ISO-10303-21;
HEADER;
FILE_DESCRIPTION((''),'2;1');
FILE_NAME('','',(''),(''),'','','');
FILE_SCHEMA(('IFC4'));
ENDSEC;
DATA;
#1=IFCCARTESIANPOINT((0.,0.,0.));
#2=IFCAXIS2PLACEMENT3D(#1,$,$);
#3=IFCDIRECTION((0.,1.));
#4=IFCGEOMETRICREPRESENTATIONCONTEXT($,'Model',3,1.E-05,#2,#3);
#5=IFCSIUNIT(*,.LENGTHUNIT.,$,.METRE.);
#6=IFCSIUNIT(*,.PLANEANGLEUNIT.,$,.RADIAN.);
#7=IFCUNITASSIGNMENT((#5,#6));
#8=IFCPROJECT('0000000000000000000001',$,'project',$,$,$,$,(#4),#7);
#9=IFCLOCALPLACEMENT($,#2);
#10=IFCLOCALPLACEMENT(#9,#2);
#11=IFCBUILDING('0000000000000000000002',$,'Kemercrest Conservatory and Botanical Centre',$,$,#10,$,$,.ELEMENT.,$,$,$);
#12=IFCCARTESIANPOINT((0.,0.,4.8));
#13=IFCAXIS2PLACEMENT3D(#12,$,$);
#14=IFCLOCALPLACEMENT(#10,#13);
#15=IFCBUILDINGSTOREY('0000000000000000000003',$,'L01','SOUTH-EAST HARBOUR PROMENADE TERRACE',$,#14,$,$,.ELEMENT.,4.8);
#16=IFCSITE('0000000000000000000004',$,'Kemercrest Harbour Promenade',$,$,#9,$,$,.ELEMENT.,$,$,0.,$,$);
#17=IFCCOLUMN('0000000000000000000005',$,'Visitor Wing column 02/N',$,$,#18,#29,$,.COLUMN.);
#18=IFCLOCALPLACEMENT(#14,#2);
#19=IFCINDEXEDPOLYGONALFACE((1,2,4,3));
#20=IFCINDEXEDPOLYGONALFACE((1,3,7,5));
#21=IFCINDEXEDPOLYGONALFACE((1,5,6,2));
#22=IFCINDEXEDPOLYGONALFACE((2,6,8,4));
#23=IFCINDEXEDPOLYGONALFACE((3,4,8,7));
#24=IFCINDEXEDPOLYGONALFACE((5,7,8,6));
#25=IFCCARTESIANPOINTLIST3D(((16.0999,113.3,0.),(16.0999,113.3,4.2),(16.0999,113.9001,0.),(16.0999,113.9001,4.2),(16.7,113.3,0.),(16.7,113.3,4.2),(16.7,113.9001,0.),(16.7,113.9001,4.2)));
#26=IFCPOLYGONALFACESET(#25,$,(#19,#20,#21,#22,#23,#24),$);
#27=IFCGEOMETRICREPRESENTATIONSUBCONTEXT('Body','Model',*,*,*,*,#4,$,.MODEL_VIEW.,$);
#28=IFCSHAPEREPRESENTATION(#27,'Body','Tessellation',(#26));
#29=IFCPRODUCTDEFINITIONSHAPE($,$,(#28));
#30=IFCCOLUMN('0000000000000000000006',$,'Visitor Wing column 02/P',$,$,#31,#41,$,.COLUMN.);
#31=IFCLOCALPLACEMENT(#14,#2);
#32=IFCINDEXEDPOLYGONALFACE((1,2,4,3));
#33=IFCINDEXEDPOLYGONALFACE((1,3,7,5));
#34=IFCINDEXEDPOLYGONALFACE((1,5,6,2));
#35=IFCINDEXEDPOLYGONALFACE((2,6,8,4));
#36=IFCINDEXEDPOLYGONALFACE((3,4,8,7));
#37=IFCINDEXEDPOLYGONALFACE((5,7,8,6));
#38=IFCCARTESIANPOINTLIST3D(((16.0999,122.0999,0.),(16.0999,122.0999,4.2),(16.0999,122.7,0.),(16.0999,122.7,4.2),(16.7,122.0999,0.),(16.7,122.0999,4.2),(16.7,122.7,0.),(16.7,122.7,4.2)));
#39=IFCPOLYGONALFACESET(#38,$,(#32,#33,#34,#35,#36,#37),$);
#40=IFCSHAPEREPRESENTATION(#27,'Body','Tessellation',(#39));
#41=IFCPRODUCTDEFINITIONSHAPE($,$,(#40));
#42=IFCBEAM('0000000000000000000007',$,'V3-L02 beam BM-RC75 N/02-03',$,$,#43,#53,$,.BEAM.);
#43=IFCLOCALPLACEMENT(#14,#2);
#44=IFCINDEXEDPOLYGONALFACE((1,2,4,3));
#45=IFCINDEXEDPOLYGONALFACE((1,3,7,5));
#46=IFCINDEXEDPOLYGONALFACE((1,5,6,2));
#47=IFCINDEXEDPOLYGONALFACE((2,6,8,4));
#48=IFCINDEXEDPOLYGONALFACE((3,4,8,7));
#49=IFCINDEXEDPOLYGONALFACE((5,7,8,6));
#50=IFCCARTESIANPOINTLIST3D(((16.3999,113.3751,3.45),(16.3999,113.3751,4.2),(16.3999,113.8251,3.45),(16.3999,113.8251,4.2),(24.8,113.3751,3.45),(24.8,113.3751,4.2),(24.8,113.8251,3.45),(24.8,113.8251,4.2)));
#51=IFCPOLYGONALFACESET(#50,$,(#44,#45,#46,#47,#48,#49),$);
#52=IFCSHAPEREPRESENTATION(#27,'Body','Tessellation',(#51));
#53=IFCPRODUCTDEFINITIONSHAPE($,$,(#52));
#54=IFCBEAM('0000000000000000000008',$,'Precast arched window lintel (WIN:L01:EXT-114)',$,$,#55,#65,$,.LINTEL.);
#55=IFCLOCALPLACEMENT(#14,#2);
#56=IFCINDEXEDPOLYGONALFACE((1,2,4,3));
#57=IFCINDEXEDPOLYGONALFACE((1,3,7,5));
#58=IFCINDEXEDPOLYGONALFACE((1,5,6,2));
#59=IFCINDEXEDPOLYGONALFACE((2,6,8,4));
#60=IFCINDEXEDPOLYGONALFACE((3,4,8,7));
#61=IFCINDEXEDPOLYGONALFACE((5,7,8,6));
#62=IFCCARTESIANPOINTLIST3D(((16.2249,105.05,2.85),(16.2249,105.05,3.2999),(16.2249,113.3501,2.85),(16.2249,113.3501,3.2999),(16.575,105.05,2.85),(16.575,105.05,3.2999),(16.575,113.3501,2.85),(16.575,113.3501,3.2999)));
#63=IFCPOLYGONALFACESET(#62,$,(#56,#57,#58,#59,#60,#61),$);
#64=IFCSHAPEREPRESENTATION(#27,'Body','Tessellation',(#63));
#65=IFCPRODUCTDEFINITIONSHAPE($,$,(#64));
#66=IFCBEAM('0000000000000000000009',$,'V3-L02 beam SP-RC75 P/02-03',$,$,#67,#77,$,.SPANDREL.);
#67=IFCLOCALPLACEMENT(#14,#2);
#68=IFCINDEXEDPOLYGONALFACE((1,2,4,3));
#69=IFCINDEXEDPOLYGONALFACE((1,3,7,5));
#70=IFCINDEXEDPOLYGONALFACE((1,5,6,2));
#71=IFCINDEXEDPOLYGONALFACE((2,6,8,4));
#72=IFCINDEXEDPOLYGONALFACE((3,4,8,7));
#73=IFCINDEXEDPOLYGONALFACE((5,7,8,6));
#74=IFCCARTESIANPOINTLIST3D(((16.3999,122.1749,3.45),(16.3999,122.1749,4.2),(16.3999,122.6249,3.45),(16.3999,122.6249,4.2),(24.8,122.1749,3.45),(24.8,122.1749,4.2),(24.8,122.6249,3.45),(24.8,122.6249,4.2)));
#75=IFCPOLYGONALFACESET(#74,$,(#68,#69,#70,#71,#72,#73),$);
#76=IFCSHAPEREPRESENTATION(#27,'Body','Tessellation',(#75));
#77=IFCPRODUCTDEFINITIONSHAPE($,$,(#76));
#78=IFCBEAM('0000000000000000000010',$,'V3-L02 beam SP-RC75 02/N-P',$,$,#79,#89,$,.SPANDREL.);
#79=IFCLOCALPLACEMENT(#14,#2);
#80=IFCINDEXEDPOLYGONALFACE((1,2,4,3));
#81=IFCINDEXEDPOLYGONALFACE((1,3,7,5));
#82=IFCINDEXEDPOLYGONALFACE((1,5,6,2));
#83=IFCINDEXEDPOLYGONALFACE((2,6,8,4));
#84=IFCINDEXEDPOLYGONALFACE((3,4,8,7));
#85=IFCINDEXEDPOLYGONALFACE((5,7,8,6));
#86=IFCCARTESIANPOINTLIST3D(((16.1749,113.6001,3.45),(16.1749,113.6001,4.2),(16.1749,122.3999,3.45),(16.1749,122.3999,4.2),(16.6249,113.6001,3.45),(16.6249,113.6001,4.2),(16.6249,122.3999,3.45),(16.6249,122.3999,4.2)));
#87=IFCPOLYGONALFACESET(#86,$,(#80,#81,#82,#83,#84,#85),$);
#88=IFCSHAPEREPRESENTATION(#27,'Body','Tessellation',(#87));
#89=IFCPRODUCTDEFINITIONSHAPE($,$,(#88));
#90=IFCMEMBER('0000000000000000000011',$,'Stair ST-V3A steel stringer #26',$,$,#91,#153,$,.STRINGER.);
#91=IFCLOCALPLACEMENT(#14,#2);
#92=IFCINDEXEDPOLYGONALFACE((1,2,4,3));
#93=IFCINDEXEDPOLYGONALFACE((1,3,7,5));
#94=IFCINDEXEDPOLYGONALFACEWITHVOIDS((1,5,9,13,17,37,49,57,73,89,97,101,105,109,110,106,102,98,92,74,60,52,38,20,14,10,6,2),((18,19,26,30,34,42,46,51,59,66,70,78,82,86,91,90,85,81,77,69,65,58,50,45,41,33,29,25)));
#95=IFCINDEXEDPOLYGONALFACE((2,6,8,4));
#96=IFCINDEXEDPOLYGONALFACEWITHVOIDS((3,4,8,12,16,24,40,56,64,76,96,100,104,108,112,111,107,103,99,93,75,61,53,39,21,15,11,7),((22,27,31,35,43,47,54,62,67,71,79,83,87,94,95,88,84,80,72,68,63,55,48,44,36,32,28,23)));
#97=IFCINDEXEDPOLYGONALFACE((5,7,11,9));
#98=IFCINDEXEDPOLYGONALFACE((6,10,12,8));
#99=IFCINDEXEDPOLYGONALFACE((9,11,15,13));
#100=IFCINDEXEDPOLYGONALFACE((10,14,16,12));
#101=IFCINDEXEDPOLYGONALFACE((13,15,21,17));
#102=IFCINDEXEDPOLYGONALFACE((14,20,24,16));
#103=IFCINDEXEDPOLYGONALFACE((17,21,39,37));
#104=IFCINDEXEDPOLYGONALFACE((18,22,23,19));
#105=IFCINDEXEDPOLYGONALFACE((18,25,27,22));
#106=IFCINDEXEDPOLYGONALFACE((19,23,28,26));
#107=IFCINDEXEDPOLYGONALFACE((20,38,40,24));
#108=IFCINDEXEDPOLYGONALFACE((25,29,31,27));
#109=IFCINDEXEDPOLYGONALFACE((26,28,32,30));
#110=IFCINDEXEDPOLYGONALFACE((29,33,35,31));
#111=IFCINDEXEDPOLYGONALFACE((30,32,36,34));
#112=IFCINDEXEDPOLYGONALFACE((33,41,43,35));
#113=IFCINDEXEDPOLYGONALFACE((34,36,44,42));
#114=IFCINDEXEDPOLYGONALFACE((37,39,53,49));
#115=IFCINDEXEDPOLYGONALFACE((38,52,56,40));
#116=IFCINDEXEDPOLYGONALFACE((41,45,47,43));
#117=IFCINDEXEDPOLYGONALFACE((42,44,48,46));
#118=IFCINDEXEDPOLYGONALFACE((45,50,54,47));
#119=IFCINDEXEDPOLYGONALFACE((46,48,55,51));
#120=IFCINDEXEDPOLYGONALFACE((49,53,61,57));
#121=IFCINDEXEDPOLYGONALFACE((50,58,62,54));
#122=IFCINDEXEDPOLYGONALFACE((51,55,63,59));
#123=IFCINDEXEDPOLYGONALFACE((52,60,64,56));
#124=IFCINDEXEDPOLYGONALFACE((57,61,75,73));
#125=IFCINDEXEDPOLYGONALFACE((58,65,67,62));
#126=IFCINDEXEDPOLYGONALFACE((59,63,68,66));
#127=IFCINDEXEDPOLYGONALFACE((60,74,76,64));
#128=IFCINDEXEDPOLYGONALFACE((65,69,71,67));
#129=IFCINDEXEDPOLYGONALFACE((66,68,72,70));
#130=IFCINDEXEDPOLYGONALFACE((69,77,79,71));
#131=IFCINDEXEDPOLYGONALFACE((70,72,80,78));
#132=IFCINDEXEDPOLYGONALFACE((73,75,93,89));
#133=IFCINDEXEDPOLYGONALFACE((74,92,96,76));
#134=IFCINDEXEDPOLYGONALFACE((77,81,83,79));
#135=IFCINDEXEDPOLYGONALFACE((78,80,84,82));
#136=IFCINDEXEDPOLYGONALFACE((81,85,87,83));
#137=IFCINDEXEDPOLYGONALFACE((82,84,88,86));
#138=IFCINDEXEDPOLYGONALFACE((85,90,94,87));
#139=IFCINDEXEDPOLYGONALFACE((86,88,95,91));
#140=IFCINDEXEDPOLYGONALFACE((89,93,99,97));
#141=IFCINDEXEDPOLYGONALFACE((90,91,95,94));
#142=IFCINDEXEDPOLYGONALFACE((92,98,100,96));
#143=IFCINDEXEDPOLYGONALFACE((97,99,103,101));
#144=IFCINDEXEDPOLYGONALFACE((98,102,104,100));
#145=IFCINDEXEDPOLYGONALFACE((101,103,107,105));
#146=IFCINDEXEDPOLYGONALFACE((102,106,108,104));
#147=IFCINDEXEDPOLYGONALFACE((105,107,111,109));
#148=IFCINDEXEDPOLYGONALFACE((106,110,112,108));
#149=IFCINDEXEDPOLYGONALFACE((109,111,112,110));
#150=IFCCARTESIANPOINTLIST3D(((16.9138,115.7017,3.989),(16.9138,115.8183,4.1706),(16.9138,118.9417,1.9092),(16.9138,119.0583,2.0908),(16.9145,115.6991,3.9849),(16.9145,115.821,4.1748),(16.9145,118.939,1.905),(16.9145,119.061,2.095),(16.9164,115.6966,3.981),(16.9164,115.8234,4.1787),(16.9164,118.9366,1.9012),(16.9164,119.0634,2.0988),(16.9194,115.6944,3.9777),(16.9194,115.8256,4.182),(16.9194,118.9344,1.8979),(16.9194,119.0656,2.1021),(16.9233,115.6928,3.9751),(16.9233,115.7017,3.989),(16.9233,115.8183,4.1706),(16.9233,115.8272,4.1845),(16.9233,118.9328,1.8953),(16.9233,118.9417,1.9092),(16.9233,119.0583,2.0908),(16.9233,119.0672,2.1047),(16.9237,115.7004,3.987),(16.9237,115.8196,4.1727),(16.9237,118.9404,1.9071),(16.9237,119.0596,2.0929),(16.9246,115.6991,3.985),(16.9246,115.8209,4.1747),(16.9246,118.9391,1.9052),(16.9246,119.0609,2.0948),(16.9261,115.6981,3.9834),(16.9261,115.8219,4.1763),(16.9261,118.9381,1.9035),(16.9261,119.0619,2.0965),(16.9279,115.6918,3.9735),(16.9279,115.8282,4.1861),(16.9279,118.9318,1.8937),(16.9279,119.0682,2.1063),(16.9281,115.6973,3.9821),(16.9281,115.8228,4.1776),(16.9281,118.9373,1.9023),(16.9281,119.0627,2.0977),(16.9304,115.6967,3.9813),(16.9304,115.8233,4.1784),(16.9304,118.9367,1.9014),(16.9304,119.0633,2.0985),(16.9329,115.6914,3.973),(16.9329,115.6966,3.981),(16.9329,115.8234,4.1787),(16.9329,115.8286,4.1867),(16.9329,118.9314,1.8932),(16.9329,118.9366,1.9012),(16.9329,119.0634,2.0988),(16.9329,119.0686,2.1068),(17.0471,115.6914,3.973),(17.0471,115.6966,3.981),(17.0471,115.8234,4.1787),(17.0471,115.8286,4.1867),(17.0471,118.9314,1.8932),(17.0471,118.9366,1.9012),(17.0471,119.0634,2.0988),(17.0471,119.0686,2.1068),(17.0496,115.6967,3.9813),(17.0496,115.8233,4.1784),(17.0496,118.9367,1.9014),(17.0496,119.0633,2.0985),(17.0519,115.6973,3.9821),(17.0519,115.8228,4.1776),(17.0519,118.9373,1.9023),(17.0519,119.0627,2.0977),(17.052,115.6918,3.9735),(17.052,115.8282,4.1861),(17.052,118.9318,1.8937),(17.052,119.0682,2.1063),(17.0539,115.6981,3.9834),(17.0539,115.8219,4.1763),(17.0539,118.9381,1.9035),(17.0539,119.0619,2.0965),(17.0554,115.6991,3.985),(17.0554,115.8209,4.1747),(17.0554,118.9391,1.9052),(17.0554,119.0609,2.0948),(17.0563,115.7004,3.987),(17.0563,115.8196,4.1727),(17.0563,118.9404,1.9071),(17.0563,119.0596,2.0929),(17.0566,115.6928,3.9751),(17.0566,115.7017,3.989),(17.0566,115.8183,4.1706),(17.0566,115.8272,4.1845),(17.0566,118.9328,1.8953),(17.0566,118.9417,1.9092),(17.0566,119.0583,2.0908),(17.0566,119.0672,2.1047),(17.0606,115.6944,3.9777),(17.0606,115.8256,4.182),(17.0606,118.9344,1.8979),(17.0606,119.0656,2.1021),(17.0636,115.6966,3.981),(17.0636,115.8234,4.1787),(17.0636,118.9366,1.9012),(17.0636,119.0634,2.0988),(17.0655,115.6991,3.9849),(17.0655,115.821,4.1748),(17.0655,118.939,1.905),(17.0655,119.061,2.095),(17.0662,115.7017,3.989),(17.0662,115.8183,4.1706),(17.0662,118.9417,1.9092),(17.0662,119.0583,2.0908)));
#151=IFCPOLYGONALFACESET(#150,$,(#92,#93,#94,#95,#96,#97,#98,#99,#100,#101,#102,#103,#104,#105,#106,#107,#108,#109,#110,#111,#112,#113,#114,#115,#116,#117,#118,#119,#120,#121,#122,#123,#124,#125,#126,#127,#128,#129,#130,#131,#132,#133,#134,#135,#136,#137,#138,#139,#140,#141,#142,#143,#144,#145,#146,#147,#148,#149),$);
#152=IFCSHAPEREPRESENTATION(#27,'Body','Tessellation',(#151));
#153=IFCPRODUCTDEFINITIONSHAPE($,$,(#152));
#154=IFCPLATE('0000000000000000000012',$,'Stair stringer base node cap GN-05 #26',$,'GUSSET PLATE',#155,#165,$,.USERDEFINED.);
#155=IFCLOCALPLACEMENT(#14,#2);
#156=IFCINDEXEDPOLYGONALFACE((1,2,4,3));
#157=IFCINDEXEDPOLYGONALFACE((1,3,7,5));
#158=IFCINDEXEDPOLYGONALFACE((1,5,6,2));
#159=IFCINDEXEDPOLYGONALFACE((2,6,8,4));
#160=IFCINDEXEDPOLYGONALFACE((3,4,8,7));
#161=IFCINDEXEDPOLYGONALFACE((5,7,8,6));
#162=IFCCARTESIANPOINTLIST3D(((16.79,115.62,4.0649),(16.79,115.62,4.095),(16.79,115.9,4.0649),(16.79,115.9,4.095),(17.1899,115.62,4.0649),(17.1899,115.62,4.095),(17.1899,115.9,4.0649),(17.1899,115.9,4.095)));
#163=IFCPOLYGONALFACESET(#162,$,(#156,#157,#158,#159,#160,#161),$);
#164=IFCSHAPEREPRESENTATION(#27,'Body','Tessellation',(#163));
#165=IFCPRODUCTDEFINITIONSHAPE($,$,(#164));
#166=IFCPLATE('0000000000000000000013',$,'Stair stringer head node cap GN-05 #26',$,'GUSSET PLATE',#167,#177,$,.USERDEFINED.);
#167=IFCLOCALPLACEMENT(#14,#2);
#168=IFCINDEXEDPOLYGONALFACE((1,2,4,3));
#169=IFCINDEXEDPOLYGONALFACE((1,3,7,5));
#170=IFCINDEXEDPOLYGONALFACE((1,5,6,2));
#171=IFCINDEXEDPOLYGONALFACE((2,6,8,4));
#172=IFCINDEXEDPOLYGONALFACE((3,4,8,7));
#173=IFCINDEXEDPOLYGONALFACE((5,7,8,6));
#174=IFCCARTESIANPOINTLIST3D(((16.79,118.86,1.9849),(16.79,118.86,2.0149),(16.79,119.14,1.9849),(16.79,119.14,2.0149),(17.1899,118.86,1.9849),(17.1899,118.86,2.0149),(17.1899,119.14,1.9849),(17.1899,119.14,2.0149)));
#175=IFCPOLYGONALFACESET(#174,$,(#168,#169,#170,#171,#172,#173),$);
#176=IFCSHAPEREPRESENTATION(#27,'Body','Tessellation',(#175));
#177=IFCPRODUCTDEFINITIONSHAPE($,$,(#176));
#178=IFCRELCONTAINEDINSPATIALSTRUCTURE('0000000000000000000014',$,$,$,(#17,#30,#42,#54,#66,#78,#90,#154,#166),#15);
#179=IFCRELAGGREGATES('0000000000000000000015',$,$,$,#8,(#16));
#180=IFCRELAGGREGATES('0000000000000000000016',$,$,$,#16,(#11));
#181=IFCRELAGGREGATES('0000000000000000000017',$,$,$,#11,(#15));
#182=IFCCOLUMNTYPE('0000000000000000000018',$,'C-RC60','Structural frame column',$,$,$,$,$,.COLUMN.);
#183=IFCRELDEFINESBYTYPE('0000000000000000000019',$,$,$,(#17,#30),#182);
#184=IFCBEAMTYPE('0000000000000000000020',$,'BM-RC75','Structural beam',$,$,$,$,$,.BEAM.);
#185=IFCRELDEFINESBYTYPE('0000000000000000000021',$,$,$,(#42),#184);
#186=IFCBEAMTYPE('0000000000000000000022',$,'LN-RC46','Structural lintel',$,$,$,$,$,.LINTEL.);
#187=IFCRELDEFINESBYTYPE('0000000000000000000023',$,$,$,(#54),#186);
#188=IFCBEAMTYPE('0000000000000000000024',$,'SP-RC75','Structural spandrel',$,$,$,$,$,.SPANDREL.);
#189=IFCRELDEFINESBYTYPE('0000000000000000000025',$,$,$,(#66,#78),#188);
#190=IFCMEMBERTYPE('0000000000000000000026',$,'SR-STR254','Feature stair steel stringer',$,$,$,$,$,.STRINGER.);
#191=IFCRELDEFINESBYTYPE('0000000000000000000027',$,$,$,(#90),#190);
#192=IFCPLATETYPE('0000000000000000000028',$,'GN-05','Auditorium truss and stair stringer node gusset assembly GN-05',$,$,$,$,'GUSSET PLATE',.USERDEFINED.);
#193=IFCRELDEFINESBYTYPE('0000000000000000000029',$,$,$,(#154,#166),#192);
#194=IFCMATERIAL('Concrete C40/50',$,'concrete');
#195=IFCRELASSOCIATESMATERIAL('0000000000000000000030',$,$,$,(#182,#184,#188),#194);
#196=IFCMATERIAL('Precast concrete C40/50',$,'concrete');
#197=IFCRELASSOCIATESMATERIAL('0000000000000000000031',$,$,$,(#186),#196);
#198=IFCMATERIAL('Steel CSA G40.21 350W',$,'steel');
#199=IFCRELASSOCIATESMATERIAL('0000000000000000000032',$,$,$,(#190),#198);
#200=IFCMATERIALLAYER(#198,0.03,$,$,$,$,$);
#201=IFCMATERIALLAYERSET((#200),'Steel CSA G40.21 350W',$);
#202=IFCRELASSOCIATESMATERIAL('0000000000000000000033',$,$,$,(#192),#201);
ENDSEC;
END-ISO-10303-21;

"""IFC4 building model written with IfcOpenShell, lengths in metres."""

from ifc_helpers import new_model, si_unit, direction, frame, origin, origin_2d, place, context, subcontext, project, spatial, rectangle, hollow_rectangle, extrude, material, layer, layer_set, material_profile, profile_set, type_object, element, save


model = new_model("IFC4")

# Units and contexts
model_context = context("Model", 3, precision=1e-05, world=origin(), true_north=direction((0.0, 1.0)))
body_context = subcontext(model_context, "Body", "Model", "MODEL_VIEW")
ifc_project = project(units=[si_unit("LENGTHUNIT", "METRE"), si_unit("PLANEANGLEUNIT", "RADIAN")], contexts=[model_context])

# Site, building, storey
site_placement = place(None, origin())
site = spatial("IfcSite", under=ifc_project, at=site_placement, Name="Kemercrest Harbour Promenade", CompositionType="ELEMENT", RefElevation=0.0)
building_placement = place(site_placement, origin())
building = spatial("IfcBuilding", under=site, at=building_placement, Name="Kemercrest Conservatory and Botanical Centre", CompositionType="ELEMENT")
storey_placement = place(building_placement, frame((0.0, 0.0, 4.8)))
storey = spatial("IfcBuildingStorey", under=building, at=storey_placement, Name="L01", Description="SOUTH-EAST HARBOUR PROMENADE TERRACE", CompositionType="ELEMENT", Elevation=4.8)

# Columns
ifc_material_1 = material(Name="Concrete C40/50", Category="concrete")
ifc_material_profile_1 = material_profile(ifc_material_1, rectangle(XDim=0.6001, YDim=0.6001, at=origin_2d()), Name="RC 600x600")
ifc_profile_set_1 = profile_set([ifc_material_profile_1], Name="Concrete C40/50")
column_type = type_object("IfcColumnType", Name="C-RC60", Description="Structural frame column", PredefinedType="COLUMN", material=ifc_profile_set_1)
for number, where, z_axis, x_axis, name in (
    (1, (16.3999, 113.6001, 0.0), (0.0, 0.0, 1.0), (1.0, 0.0, 0.0), "Visitor Wing column 02/N"),
    (2, (16.3999, 122.3999, 0.0), (0.0, 0.0, 1.0), (1.0, 0.0, 0.0), "Visitor Wing column 02/P"),
):
    element("IfcColumn", number, at=place(storey_placement, frame(where, z_axis=z_axis, x_axis=x_axis)), inside=storey, type_object=column_type, Name=name, PredefinedType="COLUMN", context=body_context, shape_type="SweptSolid", body=[
        extrude(rectangle(XDim=0.6001, YDim=0.6001, at=origin_2d()), origin(), (0.0, 0.0, 1.0), 4.2),
    ])

# Beams
ifc_material_profile_2 = material_profile(ifc_material_1, rectangle(XDim=0.45, YDim=0.75, at=origin_2d()), Name="RC 450x750")
ifc_profile_set_2 = profile_set([ifc_material_profile_2], Name="Concrete C40/50")
beam_type_1 = type_object("IfcBeamType", Name="BM-RC75", Description="Structural beam", PredefinedType="BEAM", material=ifc_profile_set_2)
beam_1_placement = place(storey_placement, frame((16.3999, 113.6001, 3.825), z_axis=(1.0, 0.0, 0.0), x_axis=(0.0, 1.0, 0.0)))
element("IfcBeam", 3, at=beam_1_placement, inside=storey, type_object=beam_type_1, Name="V3-L02 beam BM-RC75 N/02-03", PredefinedType="BEAM", context=body_context, shape_type="SweptSolid", body=[
    extrude(rectangle(XDim=0.45, YDim=0.75, at=origin_2d()), origin(), (0.0, 0.0, 1.0), 8.4001),
])
ifc_material_2 = material(Name="Precast concrete C40/50", Category="concrete")
ifc_material_profile_3 = material_profile(ifc_material_2, rectangle(XDim=0.3501, YDim=0.45, at=origin_2d()), Name="RC 350x450")
ifc_profile_set_3 = profile_set([ifc_material_profile_3], Name="Precast concrete C40/50")
beam_type_2 = type_object("IfcBeamType", Name="LN-RC46", Description="Structural lintel", PredefinedType="LINTEL", material=ifc_profile_set_3)
beam_2_placement = place(storey_placement, frame((16.3999, 113.3501, 3.075), z_axis=(0.0, -1.0, 0.0), x_axis=(1.0, 0.0, 0.0)))
element("IfcBeam", 4, at=beam_2_placement, inside=storey, type_object=beam_type_2, Name="Precast arched window lintel (WIN:L01:EXT-114)", PredefinedType="LINTEL", context=body_context, shape_type="SweptSolid", body=[
    extrude(rectangle(XDim=0.3501, YDim=0.45, at=origin_2d()), origin(), (0.0, 0.0, 1.0), 8.3),
])
ifc_material_profile_4 = material_profile(ifc_material_1, rectangle(XDim=0.45, YDim=0.75, at=origin_2d()), Name="RC 450x750")
ifc_profile_set_4 = profile_set([ifc_material_profile_4], Name="Concrete C40/50")
beam_type_3 = type_object("IfcBeamType", Name="SP-RC75", Description="Structural spandrel", PredefinedType="SPANDREL", material=ifc_profile_set_4)
beam_3_placement = place(storey_placement, frame((16.3999, 122.3999, 3.825), z_axis=(1.0, 0.0, 0.0), x_axis=(0.0, 1.0, 0.0)))
element("IfcBeam", 5, at=beam_3_placement, inside=storey, type_object=beam_type_3, Name="V3-L02 beam SP-RC75 P/02-03", PredefinedType="SPANDREL", context=body_context, shape_type="SweptSolid", body=[
    extrude(rectangle(XDim=0.45, YDim=0.75, at=origin_2d()), origin(), (0.0, 0.0, 1.0), 8.4001),
])
beam_4_placement = place(storey_placement, frame((16.3999, 113.6001, 3.825), z_axis=(0.0, 1.0, 0.0), x_axis=(-1.0, 0.0, 0.0)))
element("IfcBeam", 6, at=beam_4_placement, inside=storey, type_object=beam_type_3, Name="V3-L02 beam SP-RC75 02/N-P", PredefinedType="SPANDREL", context=body_context, shape_type="SweptSolid", body=[
    extrude(rectangle(XDim=0.45, YDim=0.75, at=origin_2d()), origin(), (0.0, 0.0, 1.0), 8.7998),
])

# Member
ifc_material_3 = material(Name="Steel CSA G40.21 350W", Category="steel")
ifc_material_profile_5 = material_profile(ifc_material_3, hollow_rectangle(XDim=0.1523, YDim=0.2539, WallThickness=0.0095, InnerFilletRadius=0.0095, OuterFilletRadius=0.019, at=origin_2d()), Name="HSS 254x152x9.5")
ifc_profile_set_5 = profile_set([ifc_material_profile_5], Name="Steel CSA G40.21 350W")
member_type = type_object("IfcMemberType", Name="SR-STR254", Description="Feature stair steel stringer", PredefinedType="STRINGER", material=ifc_profile_set_5)
member_placement = place(storey_placement, frame((16.99, 115.76, 4.0798), z_axis=(0.0, 0.841535, -0.540203), x_axis=(-1.0, 0.0, 0.0)))
element("IfcMember", 7, at=member_placement, inside=storey, type_object=member_type, Name="Stair ST-V3A steel stringer #26", PredefinedType="STRINGER", context=body_context, shape_type="SweptSolid", body=[
    extrude(hollow_rectangle(XDim=0.1523, YDim=0.2539, WallThickness=0.0095, InnerFilletRadius=0.0095, OuterFilletRadius=0.019, at=origin_2d()), origin(), (0.0, 0.0, 1.0), 3.8501),
])

# Plates
ifc_layer_1 = layer(ifc_material_3, 0.03)
ifc_layer_set_1 = layer_set([ifc_layer_1], Name="Steel CSA G40.21 350W")
plate_type = type_object("IfcPlateType", Name="GN-05", Description="Auditorium truss and stair stringer node gusset assembly GN-05", ElementType="GUSSET PLATE", PredefinedType="USERDEFINED", material=ifc_layer_set_1)
for number, where, z_axis, x_axis, name in (
    (8, (16.99, 115.76, 4.0649), (0.0, 0.0, 1.0), (1.0, 0.0, 0.0), "Stair stringer base node cap GN-05 #26"),
    (9, (16.99, 119.0, 1.9849), (0.0, 0.0, 1.0), (1.0, 0.0, 0.0), "Stair stringer head node cap GN-05 #26"),
):
    element("IfcPlate", number, at=place(storey_placement, frame(where, z_axis=z_axis, x_axis=x_axis)), inside=storey, type_object=plate_type, Name=name, ObjectType="GUSSET PLATE", PredefinedType="USERDEFINED", context=body_context, shape_type="SweptSolid", body=[
        extrude(rectangle(XDim=0.3999, YDim=0.28, at=origin_2d()), origin(), (0.0, 0.0, 1.0), 0.03),
    ])

save(model, "model.ifc")
